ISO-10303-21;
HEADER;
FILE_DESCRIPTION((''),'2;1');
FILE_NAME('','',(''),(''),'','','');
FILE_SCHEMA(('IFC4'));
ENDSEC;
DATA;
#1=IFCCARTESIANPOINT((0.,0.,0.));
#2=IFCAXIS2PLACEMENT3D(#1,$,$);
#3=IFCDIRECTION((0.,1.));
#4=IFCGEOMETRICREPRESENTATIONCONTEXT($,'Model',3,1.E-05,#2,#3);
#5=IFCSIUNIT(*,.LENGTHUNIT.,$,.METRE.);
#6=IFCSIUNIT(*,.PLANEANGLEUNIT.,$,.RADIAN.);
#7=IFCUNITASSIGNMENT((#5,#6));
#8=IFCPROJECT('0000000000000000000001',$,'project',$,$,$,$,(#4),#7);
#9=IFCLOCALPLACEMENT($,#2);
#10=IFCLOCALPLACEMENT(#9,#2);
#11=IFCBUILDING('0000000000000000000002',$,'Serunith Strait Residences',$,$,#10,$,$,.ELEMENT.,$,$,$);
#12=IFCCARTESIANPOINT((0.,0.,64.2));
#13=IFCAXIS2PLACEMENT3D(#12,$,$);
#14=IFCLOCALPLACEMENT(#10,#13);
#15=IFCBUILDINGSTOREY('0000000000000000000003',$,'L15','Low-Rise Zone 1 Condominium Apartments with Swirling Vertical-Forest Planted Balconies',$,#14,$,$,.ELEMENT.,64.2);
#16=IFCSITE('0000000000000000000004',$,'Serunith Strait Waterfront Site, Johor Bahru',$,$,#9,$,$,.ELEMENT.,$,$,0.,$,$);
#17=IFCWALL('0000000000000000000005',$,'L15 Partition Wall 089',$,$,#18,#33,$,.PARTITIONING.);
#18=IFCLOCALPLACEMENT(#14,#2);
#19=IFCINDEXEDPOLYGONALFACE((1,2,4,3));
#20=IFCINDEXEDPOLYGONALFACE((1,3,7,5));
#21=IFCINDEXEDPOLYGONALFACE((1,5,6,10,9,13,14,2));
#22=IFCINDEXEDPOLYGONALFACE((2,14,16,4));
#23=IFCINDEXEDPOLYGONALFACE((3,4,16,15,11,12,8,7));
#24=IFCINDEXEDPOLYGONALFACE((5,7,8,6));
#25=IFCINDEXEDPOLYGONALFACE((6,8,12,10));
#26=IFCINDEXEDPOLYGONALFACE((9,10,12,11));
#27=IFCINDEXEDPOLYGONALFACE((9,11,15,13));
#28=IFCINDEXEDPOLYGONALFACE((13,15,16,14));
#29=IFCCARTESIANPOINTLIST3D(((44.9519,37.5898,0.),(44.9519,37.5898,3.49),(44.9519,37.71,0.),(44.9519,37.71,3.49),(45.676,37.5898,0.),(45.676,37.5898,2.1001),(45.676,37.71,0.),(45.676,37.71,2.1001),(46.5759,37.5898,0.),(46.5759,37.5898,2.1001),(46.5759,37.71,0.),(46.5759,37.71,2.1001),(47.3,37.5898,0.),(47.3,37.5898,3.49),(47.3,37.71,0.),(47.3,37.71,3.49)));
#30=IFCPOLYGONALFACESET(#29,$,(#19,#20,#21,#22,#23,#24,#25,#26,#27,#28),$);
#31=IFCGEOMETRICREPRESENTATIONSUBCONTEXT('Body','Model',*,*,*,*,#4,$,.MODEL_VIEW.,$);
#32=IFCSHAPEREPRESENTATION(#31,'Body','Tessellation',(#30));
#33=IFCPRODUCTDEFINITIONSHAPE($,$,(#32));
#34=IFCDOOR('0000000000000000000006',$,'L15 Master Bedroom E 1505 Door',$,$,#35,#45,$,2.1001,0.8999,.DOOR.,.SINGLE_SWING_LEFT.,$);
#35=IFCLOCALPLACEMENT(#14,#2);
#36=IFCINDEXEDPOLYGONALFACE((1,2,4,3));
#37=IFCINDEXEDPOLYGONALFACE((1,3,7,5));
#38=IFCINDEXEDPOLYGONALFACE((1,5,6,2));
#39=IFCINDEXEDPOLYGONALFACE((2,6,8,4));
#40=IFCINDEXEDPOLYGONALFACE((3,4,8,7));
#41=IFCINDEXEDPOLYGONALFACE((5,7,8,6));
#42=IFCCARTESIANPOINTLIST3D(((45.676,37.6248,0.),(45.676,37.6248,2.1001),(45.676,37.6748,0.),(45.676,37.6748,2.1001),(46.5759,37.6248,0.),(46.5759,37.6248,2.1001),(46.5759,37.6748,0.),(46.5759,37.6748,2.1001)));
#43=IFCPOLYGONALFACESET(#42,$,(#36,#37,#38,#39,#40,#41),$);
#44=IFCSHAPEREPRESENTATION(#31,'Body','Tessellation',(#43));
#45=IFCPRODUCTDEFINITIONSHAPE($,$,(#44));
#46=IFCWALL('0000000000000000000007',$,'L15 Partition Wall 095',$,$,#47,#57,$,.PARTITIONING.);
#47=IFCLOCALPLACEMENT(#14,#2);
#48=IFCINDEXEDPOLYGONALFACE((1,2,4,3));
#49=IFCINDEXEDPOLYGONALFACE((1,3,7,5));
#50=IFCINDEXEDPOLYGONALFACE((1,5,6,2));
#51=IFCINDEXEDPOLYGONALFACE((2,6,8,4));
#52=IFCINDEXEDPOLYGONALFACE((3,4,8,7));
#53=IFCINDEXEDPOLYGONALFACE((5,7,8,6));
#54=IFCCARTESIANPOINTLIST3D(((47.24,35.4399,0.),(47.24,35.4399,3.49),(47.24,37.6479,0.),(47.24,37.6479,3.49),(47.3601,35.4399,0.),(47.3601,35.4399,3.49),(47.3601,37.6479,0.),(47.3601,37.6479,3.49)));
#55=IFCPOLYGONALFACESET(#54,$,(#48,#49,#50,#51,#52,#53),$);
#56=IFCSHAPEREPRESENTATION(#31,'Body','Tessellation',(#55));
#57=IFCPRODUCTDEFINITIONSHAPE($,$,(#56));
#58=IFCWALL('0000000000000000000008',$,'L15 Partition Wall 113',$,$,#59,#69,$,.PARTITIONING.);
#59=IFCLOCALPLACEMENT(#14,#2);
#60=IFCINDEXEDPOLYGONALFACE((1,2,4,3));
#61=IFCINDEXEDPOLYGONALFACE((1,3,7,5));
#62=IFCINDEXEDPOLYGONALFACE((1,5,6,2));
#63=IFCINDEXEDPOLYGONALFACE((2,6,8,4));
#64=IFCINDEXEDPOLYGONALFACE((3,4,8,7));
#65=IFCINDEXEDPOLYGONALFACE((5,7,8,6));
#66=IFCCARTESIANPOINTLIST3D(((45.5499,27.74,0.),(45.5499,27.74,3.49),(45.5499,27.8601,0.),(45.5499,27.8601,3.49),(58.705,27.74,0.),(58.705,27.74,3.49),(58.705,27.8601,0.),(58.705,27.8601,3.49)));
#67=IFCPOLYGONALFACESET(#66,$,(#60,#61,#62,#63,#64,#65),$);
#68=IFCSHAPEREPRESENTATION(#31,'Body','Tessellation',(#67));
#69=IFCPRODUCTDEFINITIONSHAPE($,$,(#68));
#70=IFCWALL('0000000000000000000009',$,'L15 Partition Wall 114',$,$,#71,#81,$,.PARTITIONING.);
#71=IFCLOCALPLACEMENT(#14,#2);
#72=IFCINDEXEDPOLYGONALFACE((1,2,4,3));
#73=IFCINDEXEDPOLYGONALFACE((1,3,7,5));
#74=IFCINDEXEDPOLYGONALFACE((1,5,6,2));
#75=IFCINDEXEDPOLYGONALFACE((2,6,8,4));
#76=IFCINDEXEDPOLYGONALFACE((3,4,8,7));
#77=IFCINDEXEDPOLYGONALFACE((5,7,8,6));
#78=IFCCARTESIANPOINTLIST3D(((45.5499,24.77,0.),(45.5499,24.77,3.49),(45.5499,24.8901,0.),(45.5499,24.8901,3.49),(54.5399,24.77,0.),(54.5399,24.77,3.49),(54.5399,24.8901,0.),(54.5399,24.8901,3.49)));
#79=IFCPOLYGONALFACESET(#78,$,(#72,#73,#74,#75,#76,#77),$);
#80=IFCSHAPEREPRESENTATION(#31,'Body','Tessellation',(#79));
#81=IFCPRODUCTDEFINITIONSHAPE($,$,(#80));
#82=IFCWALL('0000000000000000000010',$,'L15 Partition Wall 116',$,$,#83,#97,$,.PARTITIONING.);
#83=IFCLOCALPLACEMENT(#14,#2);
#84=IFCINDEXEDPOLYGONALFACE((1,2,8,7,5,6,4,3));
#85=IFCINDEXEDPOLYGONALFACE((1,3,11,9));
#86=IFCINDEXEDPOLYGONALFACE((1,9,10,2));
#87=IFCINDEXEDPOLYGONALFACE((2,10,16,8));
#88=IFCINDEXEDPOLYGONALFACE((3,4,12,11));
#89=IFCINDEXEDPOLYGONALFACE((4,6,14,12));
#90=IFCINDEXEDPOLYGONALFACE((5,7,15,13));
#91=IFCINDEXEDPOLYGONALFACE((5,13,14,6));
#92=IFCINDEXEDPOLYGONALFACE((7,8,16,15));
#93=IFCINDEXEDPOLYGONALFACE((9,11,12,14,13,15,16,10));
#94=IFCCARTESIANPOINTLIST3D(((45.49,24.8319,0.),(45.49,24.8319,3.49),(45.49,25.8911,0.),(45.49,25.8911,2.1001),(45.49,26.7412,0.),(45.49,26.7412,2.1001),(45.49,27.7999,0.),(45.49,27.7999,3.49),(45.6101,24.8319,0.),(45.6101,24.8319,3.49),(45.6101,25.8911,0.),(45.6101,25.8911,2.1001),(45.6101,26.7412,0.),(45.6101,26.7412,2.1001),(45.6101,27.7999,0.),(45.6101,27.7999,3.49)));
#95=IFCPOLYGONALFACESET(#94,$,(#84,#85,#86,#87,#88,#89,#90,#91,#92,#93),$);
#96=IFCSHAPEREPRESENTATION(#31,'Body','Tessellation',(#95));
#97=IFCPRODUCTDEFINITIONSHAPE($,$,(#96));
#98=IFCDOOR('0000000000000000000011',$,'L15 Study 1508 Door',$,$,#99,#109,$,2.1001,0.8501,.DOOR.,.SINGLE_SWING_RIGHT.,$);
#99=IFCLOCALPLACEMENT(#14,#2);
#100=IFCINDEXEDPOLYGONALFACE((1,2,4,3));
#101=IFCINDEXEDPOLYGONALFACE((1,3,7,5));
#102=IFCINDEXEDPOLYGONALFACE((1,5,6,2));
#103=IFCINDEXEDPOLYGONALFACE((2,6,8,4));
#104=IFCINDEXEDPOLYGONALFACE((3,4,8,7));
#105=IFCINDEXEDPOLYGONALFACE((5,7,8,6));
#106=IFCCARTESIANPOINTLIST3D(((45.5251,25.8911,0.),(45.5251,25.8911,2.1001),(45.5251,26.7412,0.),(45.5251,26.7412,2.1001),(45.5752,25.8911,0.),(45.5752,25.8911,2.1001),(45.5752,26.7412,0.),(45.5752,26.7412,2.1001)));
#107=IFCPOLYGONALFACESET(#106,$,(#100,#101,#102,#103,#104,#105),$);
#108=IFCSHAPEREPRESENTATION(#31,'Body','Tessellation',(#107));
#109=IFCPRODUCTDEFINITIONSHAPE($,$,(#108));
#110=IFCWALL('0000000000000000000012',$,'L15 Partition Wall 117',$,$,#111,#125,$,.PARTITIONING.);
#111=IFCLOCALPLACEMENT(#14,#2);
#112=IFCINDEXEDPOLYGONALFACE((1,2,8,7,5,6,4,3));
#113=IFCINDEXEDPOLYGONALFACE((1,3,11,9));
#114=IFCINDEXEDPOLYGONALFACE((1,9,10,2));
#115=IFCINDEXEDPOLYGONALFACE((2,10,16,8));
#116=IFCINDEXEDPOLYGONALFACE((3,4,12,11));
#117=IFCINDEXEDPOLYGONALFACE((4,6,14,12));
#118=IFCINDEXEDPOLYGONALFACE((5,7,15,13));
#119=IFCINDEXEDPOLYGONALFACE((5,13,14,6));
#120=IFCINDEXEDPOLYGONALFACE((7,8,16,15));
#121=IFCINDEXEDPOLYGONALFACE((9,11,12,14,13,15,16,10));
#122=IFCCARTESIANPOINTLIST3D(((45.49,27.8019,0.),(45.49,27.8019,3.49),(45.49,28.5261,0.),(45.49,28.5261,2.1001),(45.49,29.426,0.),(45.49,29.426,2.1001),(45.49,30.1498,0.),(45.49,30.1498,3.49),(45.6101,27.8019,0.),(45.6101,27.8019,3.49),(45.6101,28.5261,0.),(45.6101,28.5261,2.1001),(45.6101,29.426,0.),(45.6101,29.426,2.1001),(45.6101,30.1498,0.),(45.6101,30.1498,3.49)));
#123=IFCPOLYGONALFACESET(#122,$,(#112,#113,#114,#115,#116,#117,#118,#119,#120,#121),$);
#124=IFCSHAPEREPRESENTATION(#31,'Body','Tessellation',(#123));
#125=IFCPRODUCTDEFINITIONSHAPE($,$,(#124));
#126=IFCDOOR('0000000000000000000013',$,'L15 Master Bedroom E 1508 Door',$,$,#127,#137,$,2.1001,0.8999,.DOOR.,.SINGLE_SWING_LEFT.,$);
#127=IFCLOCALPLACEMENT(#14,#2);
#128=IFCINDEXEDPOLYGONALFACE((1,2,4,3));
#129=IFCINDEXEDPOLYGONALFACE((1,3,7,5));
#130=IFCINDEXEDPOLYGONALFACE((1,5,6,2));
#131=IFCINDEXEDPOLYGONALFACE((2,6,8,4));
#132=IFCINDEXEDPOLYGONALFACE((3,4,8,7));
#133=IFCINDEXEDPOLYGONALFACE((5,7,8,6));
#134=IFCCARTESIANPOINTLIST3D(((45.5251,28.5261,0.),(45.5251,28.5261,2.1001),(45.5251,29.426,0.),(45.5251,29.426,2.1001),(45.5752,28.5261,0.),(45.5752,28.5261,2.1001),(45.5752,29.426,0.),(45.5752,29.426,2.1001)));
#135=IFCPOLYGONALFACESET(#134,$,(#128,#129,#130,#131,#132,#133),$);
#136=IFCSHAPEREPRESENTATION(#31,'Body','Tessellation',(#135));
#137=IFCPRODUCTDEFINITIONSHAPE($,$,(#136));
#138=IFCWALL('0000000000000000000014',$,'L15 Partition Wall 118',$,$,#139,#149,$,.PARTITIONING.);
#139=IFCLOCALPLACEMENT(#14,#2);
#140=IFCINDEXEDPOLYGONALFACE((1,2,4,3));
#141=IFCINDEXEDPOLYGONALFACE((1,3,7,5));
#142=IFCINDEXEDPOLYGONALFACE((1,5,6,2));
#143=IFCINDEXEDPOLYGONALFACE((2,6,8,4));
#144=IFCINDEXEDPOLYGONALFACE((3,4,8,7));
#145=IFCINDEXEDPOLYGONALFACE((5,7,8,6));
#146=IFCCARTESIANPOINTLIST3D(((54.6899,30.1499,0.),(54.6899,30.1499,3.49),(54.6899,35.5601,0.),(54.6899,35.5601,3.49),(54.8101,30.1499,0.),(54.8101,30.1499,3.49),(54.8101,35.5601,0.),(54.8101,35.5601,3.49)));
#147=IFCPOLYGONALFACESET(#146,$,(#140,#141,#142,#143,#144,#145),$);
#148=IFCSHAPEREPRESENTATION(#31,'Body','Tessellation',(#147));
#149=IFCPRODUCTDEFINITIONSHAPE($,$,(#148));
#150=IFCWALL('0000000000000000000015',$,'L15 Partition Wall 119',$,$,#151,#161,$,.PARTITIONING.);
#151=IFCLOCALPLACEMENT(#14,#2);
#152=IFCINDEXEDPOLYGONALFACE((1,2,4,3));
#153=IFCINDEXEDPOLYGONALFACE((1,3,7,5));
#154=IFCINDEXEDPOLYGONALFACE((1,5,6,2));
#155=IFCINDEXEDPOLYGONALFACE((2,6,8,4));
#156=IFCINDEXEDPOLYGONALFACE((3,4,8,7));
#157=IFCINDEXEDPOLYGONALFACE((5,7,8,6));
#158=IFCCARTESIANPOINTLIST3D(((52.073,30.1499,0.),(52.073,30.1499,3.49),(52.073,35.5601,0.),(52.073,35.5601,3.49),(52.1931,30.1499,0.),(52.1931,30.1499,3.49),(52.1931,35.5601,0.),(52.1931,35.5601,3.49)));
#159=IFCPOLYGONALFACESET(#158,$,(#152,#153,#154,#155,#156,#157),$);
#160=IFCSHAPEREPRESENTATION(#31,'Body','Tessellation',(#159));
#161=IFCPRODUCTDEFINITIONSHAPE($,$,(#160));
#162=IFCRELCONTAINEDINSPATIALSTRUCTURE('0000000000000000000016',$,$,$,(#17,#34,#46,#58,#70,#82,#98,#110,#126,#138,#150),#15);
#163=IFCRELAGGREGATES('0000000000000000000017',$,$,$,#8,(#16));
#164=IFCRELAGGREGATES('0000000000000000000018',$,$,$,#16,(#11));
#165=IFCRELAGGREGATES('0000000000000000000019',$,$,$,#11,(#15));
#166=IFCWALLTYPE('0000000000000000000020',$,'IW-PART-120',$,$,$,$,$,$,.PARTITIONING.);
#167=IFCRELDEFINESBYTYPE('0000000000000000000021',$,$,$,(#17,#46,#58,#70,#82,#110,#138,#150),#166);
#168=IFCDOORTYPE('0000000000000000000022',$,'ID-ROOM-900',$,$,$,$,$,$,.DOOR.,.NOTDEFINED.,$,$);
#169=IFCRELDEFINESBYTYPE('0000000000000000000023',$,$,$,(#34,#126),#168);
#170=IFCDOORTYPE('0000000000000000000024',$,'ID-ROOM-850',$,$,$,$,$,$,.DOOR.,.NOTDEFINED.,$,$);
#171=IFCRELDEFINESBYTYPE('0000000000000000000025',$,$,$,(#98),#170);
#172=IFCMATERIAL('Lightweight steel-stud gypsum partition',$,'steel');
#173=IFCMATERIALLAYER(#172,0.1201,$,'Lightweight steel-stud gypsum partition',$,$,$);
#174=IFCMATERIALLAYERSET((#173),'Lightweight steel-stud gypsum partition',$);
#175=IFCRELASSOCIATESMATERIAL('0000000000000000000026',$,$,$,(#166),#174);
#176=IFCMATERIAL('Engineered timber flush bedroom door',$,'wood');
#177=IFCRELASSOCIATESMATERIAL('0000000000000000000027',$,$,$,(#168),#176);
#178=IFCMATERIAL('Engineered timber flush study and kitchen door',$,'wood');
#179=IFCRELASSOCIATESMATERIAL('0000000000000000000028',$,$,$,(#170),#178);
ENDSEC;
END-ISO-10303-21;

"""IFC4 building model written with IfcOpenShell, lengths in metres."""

from ifc_helpers import new_model, si_unit, direction, frame, frame_2d, origin, place, context, subcontext, project, spatial, rectangle, extrude, source, transform, mapped, material, layer, layer_set, type_object, element, fill, save


model = new_model("IFC4")

# Units and contexts
model_context = context("Model", 3, precision=1e-05, world=origin(), true_north=direction((0.0, 1.0)))
body_context = subcontext(model_context, "Body", "Model", "MODEL_VIEW")
ifc_project = project(units=[si_unit("LENGTHUNIT", "METRE"), si_unit("PLANEANGLEUNIT", "RADIAN")], contexts=[model_context])

# Site, building, storey
site_placement = place(None, origin())
site = spatial("IfcSite", under=ifc_project, at=site_placement, Name="Serunith Strait Waterfront Site, Johor Bahru", CompositionType="ELEMENT", RefElevation=0.0)
building_placement = place(site_placement, origin())
building = spatial("IfcBuilding", under=site, at=building_placement, Name="Serunith Strait Residences", CompositionType="ELEMENT")
storey_placement = place(building_placement, frame((0.0, 0.0, 64.2)))
storey = spatial("IfcBuildingStorey", under=building, at=storey_placement, Name="L15", Description="Low-Rise Zone 1 Condominium Apartments with Swirling Vertical-Forest Planted Balconies", CompositionType="ELEMENT", Elevation=64.2)

# Wall, opening, door
ifc_material_1 = material(Name="Lightweight steel-stud gypsum partition", Category="steel")
ifc_layer_1 = layer(ifc_material_1, 0.1201, Name="Lightweight steel-stud gypsum partition")
ifc_layer_set_1 = layer_set([ifc_layer_1], Name="Lightweight steel-stud gypsum partition")
wall_type = type_object("IfcWallType", Name="IW-PART-120", PredefinedType="PARTITIONING", material=ifc_layer_set_1)
wall_1_placement = place(storey_placement, frame((44.9519, 37.6499, 0.0), z_axis=(0.0, 0.0, 1.0), x_axis=(1.0, 0.0, 0.0)))
wall_1 = element("IfcWall", 1, at=wall_1_placement, inside=storey, type_object=wall_type, Name="L15 Partition Wall 089", PredefinedType="PARTITIONING", context=body_context, shape_type="SweptSolid", body=[
    extrude(rectangle(XDim=2.3481, YDim=0.1201, at=frame_2d((1.1741, 0.0))), origin(), (0.0, 0.0, 1.0), 3.49),
])
opening_1_placement = place(wall_1_placement, frame((0.7241, 0.0, 0.0)))
opening_1 = element("IfcOpeningElement", 2, at=opening_1_placement, cuts=wall_1, PredefinedType="OPENING", context=body_context, shape_type="SweptSolid", body=[
    extrude(rectangle(XDim=0.8999, YDim=2.1001, at=frame_2d((0.45, 1.05))), frame((0.0, 0.0701, 0.0), z_axis=(0.0, -1.0, 0.0), x_axis=(1.0, 0.0, 0.0)), (0.0, 0.0, 1.0), 0.1401),
])
ifc_material_2 = material(Name="Engineered timber flush bedroom door", Category="wood")
door_type_1 = type_object("IfcDoorType", Name="ID-ROOM-900", OperationType="NOTDEFINED", PredefinedType="DOOR", material=ifc_material_2)
shared_shape_1 = source(origin(), body_context, "Body", "SweptSolid", [
    extrude(rectangle(XDim=0.8999, YDim=2.1001, at=frame_2d((0.45, 1.05))), frame((0.0, 0.0249, 0.0), z_axis=(0.0, -1.0, 0.0), x_axis=(1.0, 0.0, 0.0)), (0.0, 0.0, 1.0), 0.05),
])
door_1_placement = place(opening_1_placement, origin())
door_1 = element("IfcDoor", 3, at=door_1_placement, inside=storey, type_object=door_type_1, Name="L15 Master Bedroom E 1505 Door", OperationType="SINGLE_SWING_LEFT", OverallHeight=2.1001, OverallWidth=0.8999, PredefinedType="DOOR", context=body_context, shape_type="MappedRepresentation", body=[
    mapped(shared_shape_1, transform((0.0, 0.0, 0.0), scale=1.0)),
])
fill(opening_1, door_1)

# Walls
wall_2_placement = place(storey_placement, frame((47.3, 37.6479, 0.0), z_axis=(0.0, 0.0, 1.0), x_axis=(0.0, -1.0, 0.0)))
element("IfcWall", 4, at=wall_2_placement, inside=storey, type_object=wall_type, Name="L15 Partition Wall 095", PredefinedType="PARTITIONING", context=body_context, shape_type="SweptSolid", body=[
    extrude(rectangle(XDim=2.208, YDim=0.1201, at=frame_2d((1.104, 0.0))), origin(), (0.0, 0.0, 1.0), 3.49),
])
wall_3_placement = place(storey_placement, frame((58.7051, 27.8, 0.0), z_axis=(0.0, 0.0, 1.0), x_axis=(-1.0, 0.0, 0.0)))
element("IfcWall", 5, at=wall_3_placement, inside=storey, type_object=wall_type, Name="L15 Partition Wall 113", PredefinedType="PARTITIONING", context=body_context, shape_type="SweptSolid", body=[
    extrude(rectangle(XDim=13.155, YDim=0.1201, at=frame_2d((6.5776, 0.0))), origin(), (0.0, 0.0, 1.0), 3.49),
])
wall_4_placement = place(storey_placement, frame((54.54, 24.8301, 0.0), z_axis=(0.0, 0.0, 1.0), x_axis=(-1.0, 0.0, 0.0)))
element("IfcWall", 6, at=wall_4_placement, inside=storey, type_object=wall_type, Name="L15 Partition Wall 114", PredefinedType="PARTITIONING", context=body_context, shape_type="SweptSolid", body=[
    extrude(rectangle(XDim=8.99, YDim=0.1201, at=frame_2d((4.4951, 0.0))), origin(), (0.0, 0.0, 1.0), 3.49),
])

# Walls, openings, doors
wall_5_placement = place(storey_placement, frame((45.55, 24.832, 0.0), z_axis=(0.0, 0.0, 1.0), x_axis=(0.0, 1.0, 0.0)))
wall_5 = element("IfcWall", 7, at=wall_5_placement, inside=storey, type_object=wall_type, Name="L15 Partition Wall 116", PredefinedType="PARTITIONING", context=body_context, shape_type="SweptSolid", body=[
    extrude(rectangle(XDim=2.968, YDim=0.1201, at=frame_2d((1.4839, 0.0))), origin(), (0.0, 0.0, 1.0), 3.49),
])
opening_2_placement = place(wall_5_placement, frame((1.0591, 0.0, 0.0)))
opening_2 = element("IfcOpeningElement", 8, at=opening_2_placement, cuts=wall_5, PredefinedType="OPENING", context=body_context, shape_type="SweptSolid", body=[
    extrude(rectangle(XDim=0.8501, YDim=2.1001, at=frame_2d((0.425, 1.05))), frame((0.0, 0.0701, 0.0), z_axis=(0.0, -1.0, 0.0), x_axis=(1.0, 0.0, 0.0)), (0.0, 0.0, 1.0), 0.1401),
])
ifc_material_3 = material(Name="Engineered timber flush study and kitchen door", Category="wood")
door_type_2 = type_object("IfcDoorType", Name="ID-ROOM-850", OperationType="NOTDEFINED", PredefinedType="DOOR", material=ifc_material_3)
shared_shape_2 = source(origin(), body_context, "Body", "SweptSolid", [
    extrude(rectangle(XDim=0.8501, YDim=2.1001, at=frame_2d((0.425, 1.05))), frame((0.0, 0.0249, 0.0), z_axis=(0.0, -1.0, 0.0), x_axis=(1.0, 0.0, 0.0)), (0.0, 0.0, 1.0), 0.05),
])
door_2_placement = place(opening_2_placement, origin())
door_2 = element("IfcDoor", 9, at=door_2_placement, inside=storey, type_object=door_type_2, Name="L15 Study 1508 Door", OperationType="SINGLE_SWING_RIGHT", OverallHeight=2.1001, OverallWidth=0.8501, PredefinedType="DOOR", context=body_context, shape_type="MappedRepresentation", body=[
    mapped(shared_shape_2, transform((0.0, 0.0, 0.0), scale=1.0)),
])
fill(opening_2, door_2)
wall_6_placement = place(storey_placement, frame((45.55, 27.802, 0.0), z_axis=(0.0, 0.0, 1.0), x_axis=(0.0, 1.0, 0.0)))
wall_6 = element("IfcWall", 10, at=wall_6_placement, inside=storey, type_object=wall_type, Name="L15 Partition Wall 117", PredefinedType="PARTITIONING", context=body_context, shape_type="SweptSolid", body=[
    extrude(rectangle(XDim=2.3479, YDim=0.1201, at=frame_2d((1.1738, 0.0))), origin(), (0.0, 0.0, 1.0), 3.49),
])
opening_3_placement = place(wall_6_placement, frame((0.7241, 0.0, 0.0)))
opening_3 = element("IfcOpeningElement", 11, at=opening_3_placement, cuts=wall_6, PredefinedType="OPENING", context=body_context, shape_type="SweptSolid", body=[
    extrude(rectangle(XDim=0.8999, YDim=2.1001, at=frame_2d((0.45, 1.05))), frame((0.0, 0.0701, 0.0), z_axis=(0.0, -1.0, 0.0), x_axis=(1.0, 0.0, 0.0)), (0.0, 0.0, 1.0), 0.1401),
])
door_3_placement = place(opening_3_placement, origin())
door_3 = element("IfcDoor", 12, at=door_3_placement, inside=storey, type_object=door_type_1, Name="L15 Master Bedroom E 1508 Door", OperationType="SINGLE_SWING_LEFT", OverallHeight=2.1001, OverallWidth=0.8999, PredefinedType="DOOR", context=body_context, shape_type="MappedRepresentation", body=[
    mapped(shared_shape_1, transform((0.0, 0.0, 0.0), scale=1.0)),
])
fill(opening_3, door_3)

# Walls
for number, where, z_axis, x_axis, name in (
    (13, (54.75, 30.1499, 0.0), (0.0, 0.0, 1.0), (0.0, 1.0, 0.0), "L15 Partition Wall 118"),
    (14, (52.1331, 30.1499, 0.0), (0.0, 0.0, 1.0), (0.0, 1.0, 0.0), "L15 Partition Wall 119"),
):
    element("IfcWall", number, at=place(storey_placement, frame(where, z_axis=z_axis, x_axis=x_axis)), inside=storey, type_object=wall_type, Name=name, PredefinedType="PARTITIONING", context=body_context, shape_type="SweptSolid", body=[
        extrude(rectangle(XDim=5.4102, YDim=0.1201, at=frame_2d((2.7051, 0.0))), origin(), (0.0, 0.0, 1.0), 3.49),
    ])

save(model, "model.ifc")
